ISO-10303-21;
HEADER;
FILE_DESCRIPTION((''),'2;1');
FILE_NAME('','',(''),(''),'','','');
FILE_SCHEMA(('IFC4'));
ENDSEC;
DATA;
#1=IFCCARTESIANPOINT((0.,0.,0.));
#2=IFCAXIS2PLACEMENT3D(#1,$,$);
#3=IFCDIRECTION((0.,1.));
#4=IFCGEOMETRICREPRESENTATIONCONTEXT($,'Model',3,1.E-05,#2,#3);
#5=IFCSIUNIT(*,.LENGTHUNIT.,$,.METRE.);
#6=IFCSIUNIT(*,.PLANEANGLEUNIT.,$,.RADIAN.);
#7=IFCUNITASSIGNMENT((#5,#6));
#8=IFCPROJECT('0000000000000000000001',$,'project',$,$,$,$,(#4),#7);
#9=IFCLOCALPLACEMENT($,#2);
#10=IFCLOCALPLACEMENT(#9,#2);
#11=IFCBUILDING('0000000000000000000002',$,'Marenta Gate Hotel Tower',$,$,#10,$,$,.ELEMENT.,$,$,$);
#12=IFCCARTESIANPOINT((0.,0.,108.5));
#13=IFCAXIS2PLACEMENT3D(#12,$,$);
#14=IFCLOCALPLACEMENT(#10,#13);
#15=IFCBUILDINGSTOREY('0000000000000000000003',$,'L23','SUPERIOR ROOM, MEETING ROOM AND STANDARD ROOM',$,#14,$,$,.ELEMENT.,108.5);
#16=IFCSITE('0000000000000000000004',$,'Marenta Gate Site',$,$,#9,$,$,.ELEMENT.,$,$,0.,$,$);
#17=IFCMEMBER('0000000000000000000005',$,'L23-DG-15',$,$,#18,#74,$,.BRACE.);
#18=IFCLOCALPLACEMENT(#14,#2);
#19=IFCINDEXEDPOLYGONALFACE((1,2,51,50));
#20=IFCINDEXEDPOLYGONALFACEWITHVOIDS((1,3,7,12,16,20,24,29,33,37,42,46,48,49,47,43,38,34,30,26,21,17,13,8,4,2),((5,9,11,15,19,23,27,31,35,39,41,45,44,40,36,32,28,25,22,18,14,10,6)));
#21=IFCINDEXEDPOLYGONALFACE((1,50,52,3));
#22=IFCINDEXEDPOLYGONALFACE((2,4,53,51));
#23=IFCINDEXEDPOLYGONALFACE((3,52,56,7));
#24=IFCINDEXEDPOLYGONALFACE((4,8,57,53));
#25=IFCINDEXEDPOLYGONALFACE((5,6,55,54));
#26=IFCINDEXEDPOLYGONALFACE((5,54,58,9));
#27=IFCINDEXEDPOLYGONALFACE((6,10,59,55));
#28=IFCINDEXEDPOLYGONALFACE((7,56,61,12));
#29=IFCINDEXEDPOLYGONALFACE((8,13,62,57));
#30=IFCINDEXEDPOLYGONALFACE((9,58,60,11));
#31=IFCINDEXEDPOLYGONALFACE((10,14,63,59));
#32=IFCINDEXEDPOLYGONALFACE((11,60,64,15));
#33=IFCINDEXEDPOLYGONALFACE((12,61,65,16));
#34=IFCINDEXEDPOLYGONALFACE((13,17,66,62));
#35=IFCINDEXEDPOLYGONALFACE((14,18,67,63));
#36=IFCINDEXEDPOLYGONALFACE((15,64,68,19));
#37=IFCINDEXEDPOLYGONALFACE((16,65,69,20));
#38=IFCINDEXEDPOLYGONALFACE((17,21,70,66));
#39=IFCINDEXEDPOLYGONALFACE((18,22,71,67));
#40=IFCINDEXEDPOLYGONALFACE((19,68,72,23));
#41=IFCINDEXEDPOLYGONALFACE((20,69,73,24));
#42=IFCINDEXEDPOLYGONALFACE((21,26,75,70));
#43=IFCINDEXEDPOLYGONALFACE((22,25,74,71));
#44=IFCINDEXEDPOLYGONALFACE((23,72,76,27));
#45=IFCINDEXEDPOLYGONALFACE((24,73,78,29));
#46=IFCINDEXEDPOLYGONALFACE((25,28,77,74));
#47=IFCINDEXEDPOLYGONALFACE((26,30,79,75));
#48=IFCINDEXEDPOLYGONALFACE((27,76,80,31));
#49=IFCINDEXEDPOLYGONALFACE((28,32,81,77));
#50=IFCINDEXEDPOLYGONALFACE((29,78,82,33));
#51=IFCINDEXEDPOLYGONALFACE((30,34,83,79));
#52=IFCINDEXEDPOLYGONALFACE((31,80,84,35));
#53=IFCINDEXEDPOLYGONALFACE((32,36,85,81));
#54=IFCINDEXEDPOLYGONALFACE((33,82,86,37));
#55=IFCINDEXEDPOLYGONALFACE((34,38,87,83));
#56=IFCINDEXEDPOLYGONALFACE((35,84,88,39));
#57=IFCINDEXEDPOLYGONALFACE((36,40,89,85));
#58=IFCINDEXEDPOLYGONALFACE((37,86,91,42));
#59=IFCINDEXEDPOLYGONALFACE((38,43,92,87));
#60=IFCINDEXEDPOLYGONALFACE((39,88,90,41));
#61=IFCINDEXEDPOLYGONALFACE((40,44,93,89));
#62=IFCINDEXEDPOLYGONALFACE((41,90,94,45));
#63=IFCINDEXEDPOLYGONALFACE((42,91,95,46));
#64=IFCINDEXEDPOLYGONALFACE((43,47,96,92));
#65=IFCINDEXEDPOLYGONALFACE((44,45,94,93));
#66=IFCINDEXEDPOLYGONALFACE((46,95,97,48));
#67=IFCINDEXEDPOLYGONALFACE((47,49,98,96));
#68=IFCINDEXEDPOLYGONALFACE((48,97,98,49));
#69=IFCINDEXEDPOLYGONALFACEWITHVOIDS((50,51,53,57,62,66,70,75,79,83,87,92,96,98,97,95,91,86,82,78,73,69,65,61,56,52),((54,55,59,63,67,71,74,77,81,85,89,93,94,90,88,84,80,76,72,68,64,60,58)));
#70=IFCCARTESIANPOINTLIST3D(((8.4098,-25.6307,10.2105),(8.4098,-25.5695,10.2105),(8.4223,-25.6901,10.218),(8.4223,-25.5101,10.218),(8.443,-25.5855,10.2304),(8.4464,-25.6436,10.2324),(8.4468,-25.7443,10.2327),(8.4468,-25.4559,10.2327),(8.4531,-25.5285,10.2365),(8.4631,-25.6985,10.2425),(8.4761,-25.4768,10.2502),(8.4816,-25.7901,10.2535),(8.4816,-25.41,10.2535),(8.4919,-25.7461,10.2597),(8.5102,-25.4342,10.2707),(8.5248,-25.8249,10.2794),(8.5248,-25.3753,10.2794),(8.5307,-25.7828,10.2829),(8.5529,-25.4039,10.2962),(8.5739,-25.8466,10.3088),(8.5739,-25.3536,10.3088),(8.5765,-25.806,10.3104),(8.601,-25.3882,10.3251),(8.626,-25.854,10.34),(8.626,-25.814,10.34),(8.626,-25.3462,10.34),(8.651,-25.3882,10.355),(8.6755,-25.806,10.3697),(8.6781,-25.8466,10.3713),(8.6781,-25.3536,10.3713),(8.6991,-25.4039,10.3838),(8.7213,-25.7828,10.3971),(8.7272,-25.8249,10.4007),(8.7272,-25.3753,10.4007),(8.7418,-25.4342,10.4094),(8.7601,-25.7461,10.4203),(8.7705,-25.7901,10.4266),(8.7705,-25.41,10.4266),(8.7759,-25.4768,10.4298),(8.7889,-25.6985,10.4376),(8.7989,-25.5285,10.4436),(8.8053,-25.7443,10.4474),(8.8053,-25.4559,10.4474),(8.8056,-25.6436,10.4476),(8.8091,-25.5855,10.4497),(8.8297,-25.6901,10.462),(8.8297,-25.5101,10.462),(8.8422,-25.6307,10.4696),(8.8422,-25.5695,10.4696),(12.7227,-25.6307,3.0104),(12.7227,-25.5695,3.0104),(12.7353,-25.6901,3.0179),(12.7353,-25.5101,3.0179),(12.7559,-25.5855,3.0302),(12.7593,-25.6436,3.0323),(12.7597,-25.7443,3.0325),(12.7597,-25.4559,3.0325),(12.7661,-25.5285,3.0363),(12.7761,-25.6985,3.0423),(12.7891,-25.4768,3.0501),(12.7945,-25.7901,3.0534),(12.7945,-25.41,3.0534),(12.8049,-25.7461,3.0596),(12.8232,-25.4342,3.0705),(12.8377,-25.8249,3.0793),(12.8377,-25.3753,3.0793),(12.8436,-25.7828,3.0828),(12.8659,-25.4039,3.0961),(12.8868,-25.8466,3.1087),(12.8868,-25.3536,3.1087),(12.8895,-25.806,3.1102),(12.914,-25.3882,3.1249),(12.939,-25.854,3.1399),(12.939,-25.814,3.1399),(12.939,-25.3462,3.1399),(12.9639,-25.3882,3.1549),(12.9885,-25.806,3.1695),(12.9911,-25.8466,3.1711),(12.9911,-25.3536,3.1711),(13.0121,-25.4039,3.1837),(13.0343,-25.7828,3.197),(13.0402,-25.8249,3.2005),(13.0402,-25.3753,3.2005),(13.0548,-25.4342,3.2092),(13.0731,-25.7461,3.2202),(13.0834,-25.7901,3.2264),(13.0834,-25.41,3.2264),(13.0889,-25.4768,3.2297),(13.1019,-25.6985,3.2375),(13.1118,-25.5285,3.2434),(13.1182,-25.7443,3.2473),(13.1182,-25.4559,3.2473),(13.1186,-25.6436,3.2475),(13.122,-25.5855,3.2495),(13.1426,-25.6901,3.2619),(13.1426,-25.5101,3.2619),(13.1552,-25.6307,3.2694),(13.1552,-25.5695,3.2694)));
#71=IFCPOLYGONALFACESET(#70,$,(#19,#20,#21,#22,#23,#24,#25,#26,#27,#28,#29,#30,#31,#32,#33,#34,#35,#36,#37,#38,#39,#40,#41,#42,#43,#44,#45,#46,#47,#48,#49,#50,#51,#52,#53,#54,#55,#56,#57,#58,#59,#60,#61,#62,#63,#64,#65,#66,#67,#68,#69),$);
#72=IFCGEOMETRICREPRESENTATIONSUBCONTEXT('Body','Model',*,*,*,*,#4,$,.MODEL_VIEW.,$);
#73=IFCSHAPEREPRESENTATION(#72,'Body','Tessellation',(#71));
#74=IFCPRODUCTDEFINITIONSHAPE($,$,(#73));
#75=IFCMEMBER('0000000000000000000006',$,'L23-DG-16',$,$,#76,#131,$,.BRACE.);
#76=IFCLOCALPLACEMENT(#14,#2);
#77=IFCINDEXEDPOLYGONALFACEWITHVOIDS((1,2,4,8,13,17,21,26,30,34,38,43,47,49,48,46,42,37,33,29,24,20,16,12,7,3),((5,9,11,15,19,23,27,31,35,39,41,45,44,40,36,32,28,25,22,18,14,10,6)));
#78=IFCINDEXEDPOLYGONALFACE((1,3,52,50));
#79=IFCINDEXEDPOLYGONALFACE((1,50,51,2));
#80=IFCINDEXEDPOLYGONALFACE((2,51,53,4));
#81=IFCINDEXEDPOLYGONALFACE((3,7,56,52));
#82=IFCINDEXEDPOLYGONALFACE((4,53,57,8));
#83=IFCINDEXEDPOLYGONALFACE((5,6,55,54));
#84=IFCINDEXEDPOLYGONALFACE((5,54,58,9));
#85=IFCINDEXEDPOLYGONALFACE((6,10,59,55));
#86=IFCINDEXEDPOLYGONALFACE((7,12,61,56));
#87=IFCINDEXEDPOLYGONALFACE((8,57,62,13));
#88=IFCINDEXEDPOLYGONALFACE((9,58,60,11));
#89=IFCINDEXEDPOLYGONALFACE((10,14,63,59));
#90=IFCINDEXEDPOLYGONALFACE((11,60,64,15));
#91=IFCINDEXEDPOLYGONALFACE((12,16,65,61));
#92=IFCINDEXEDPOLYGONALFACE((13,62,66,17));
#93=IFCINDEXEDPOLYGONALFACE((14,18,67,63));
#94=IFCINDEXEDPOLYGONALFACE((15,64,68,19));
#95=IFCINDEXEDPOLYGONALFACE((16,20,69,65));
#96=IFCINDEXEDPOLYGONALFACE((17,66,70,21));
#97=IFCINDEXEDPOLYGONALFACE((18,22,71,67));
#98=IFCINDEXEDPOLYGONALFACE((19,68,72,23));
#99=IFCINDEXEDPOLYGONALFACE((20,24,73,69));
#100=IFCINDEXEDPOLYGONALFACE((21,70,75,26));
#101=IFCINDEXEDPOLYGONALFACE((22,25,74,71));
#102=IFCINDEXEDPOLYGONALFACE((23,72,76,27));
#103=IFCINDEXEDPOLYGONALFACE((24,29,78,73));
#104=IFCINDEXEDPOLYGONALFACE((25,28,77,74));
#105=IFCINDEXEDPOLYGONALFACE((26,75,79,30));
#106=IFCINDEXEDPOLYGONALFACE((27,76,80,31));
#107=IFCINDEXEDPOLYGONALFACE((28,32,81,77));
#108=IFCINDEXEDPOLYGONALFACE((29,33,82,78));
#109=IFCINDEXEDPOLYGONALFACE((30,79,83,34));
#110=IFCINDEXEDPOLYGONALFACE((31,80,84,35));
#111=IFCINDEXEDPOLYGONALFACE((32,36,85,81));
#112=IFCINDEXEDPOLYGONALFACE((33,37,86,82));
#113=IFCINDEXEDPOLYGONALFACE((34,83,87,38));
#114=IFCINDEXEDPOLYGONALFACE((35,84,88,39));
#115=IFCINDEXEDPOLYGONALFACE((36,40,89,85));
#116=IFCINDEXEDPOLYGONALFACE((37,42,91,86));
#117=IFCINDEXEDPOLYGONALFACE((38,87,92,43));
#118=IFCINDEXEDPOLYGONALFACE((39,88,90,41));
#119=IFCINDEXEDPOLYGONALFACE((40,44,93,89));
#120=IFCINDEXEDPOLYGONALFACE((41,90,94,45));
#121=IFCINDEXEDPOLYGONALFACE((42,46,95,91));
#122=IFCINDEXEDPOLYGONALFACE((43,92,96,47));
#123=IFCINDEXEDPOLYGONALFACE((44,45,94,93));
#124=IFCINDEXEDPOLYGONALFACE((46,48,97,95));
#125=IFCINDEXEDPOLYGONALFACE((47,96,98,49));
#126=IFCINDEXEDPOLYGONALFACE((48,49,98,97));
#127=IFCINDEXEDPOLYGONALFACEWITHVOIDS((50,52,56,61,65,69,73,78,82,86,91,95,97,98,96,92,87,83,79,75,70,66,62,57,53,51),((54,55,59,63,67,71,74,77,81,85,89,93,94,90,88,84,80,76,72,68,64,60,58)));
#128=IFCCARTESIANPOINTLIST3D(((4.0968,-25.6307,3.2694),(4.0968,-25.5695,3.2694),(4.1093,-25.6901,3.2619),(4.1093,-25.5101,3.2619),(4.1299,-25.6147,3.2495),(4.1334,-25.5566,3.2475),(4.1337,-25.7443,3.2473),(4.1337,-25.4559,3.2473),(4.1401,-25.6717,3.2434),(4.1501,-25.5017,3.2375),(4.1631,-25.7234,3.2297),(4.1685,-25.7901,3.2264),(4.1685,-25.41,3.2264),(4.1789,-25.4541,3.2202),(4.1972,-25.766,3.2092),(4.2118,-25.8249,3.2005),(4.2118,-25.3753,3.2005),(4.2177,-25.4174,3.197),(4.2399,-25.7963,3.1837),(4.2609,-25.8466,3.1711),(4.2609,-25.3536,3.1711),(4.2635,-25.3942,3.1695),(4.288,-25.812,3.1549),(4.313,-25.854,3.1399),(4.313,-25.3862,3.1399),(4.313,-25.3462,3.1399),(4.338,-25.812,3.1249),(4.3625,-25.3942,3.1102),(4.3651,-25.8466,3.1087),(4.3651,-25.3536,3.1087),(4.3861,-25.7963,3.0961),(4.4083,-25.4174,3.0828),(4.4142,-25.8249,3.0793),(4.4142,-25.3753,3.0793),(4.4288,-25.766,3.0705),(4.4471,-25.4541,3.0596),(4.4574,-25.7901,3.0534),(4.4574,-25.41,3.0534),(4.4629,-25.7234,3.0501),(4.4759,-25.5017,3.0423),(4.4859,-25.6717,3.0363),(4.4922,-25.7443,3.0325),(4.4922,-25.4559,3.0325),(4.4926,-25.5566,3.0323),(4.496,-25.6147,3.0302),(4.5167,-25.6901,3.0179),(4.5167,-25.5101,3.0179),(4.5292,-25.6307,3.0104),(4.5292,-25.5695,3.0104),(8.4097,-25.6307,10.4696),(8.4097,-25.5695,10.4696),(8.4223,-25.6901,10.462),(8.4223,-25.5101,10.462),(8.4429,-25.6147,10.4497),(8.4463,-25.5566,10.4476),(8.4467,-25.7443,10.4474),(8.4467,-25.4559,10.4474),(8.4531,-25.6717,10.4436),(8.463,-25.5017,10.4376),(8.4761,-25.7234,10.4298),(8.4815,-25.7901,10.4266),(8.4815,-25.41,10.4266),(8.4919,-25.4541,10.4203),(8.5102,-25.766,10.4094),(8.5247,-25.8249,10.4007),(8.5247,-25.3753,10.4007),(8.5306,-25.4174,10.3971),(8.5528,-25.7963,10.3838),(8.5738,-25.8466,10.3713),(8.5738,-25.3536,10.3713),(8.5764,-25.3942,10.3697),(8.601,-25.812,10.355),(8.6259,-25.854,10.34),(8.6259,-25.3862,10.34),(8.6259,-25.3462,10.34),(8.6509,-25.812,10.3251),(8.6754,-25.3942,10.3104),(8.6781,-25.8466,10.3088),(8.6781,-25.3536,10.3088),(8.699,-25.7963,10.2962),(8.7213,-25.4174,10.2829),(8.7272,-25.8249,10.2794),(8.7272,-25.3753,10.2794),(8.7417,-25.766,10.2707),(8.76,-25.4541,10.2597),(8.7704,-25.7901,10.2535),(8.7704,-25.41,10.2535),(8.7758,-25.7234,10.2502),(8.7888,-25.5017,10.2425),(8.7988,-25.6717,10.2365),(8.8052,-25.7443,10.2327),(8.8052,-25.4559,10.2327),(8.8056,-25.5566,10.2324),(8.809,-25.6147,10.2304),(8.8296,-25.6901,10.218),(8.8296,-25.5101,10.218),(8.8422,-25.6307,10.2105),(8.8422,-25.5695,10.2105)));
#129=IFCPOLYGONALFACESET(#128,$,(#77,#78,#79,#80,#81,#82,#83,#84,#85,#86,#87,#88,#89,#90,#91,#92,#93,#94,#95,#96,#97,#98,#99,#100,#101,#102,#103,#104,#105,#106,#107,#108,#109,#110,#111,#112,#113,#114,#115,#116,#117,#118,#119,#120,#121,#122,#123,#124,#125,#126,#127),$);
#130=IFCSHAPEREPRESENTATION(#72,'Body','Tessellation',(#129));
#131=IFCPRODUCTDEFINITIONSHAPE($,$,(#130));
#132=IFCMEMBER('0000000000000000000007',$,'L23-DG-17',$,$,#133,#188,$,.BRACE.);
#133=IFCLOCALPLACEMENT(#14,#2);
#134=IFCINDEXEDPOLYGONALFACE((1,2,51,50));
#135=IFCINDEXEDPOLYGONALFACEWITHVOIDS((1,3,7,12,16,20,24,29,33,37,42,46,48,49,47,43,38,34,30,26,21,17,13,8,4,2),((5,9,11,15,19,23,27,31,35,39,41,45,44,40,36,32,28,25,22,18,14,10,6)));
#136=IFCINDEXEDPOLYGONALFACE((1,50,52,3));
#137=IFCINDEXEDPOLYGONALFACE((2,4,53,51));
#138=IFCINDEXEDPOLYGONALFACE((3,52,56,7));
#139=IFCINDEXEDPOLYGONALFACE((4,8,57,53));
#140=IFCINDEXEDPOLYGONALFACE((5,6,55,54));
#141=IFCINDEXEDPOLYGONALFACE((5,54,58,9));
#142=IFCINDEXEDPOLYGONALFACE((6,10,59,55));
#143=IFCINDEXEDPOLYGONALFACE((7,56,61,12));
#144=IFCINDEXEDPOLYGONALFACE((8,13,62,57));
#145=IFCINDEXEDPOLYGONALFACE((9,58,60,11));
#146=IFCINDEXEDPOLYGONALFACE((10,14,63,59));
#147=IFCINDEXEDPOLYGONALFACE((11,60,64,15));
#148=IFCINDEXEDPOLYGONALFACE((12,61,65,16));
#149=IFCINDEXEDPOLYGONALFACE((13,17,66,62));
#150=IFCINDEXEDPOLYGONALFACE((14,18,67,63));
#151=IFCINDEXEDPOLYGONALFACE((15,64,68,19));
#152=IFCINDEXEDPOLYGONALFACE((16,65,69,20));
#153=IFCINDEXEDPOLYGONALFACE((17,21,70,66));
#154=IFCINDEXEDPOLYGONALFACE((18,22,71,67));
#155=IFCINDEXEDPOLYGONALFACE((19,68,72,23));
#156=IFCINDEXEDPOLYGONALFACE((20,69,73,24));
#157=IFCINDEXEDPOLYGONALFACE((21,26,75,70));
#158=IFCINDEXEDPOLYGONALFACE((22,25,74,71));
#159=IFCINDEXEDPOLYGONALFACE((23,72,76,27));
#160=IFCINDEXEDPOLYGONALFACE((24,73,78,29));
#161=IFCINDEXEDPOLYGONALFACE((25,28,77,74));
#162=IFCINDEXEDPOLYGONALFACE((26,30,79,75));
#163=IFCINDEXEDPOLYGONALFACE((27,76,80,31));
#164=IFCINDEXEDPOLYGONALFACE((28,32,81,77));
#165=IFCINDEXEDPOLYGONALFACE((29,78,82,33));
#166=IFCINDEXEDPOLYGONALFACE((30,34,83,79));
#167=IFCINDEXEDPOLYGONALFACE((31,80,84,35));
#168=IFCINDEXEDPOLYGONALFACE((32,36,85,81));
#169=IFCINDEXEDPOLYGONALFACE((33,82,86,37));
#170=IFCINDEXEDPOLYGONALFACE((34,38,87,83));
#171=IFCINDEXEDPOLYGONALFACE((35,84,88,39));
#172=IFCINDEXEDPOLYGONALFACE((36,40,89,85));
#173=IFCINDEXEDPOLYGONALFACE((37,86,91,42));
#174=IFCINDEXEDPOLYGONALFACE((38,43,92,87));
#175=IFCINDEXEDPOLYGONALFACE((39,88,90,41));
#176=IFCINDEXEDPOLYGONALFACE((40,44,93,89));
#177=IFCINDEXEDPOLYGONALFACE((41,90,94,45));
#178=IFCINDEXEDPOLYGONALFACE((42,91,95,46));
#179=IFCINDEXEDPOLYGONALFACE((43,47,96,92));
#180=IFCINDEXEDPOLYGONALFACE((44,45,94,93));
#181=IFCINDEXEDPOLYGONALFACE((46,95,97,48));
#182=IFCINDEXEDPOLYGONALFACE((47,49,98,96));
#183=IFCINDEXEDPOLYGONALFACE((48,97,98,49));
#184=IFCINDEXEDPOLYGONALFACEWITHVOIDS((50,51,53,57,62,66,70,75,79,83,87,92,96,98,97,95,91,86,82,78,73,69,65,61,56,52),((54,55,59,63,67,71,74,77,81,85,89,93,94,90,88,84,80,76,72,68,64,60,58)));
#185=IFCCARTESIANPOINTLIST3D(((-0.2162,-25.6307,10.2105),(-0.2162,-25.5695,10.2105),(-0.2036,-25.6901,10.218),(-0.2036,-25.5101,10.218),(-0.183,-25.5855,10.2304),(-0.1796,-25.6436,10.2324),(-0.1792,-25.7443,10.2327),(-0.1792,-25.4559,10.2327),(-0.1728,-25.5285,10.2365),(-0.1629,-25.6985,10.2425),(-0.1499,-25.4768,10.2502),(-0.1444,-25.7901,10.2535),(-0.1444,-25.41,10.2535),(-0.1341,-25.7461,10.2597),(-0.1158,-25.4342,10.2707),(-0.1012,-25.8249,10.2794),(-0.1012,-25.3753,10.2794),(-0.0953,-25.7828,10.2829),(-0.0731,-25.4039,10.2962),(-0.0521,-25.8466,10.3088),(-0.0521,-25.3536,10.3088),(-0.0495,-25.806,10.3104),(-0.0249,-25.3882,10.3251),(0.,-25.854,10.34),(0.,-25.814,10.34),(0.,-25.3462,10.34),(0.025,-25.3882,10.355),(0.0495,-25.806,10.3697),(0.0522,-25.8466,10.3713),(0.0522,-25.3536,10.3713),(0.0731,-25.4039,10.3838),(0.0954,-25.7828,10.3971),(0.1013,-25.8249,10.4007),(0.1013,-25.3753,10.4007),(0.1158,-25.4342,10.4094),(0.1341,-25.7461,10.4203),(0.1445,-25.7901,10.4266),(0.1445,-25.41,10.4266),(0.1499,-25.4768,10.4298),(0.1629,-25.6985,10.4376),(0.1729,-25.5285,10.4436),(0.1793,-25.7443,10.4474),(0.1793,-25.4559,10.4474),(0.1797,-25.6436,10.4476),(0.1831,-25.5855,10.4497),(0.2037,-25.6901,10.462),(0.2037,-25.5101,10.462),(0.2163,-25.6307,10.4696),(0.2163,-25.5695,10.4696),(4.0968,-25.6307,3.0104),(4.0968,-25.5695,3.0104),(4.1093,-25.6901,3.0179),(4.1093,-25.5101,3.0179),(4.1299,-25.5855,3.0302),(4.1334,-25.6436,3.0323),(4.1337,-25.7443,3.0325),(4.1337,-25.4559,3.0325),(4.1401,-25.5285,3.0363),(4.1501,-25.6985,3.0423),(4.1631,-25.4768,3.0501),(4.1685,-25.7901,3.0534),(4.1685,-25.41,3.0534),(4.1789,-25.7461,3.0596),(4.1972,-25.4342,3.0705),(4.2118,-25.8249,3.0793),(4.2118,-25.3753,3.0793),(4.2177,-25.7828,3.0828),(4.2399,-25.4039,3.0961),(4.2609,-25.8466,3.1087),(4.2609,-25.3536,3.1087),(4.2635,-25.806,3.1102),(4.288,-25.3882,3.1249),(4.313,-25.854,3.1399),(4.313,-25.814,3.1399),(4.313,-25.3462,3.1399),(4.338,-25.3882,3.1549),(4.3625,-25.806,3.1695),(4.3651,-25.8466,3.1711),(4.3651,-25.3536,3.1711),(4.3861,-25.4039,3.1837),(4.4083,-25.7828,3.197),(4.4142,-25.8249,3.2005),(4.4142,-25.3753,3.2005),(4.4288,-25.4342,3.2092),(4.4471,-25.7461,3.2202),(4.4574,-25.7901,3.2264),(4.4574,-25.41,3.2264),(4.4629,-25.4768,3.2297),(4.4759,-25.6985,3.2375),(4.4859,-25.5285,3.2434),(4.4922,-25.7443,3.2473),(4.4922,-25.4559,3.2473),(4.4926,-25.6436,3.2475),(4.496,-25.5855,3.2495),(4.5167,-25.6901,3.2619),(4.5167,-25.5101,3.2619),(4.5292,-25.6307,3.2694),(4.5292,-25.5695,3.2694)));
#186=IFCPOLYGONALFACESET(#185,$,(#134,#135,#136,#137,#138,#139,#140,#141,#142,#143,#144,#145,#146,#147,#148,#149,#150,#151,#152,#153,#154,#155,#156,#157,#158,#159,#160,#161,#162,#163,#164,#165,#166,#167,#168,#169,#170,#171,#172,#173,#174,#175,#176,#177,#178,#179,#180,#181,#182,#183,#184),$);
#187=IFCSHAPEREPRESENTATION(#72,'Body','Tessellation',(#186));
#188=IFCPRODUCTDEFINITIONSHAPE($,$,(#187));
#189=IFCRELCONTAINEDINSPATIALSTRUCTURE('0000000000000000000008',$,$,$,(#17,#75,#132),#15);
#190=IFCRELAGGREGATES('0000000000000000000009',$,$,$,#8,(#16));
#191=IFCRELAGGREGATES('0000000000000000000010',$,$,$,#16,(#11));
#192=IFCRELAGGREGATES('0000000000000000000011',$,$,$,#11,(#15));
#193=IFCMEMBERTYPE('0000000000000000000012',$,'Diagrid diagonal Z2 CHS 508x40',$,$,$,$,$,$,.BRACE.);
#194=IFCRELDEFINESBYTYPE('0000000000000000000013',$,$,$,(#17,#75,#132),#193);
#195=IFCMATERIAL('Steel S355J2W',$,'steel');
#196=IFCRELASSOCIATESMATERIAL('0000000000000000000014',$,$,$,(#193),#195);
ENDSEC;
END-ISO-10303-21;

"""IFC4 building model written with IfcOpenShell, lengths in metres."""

from ifc_helpers import new_model, si_unit, direction, frame, origin, origin_2d, place, context, subcontext, project, spatial, hollow_circle, extrude, material, material_profile, profile_set, type_object, element, save


model = new_model("IFC4")

# Units and contexts
model_context = context("Model", 3, precision=1e-05, world=origin(), true_north=direction((0.0, 1.0)))
body_context = subcontext(model_context, "Body", "Model", "MODEL_VIEW")
ifc_project = project(units=[si_unit("LENGTHUNIT", "METRE"), si_unit("PLANEANGLEUNIT", "RADIAN")], contexts=[model_context])

# Site, building, storey
site_placement = place(None, origin())
site = spatial("IfcSite", under=ifc_project, at=site_placement, Name="Marenta Gate Site", CompositionType="ELEMENT", RefElevation=0.0)
building_placement = place(site_placement, origin())
building = spatial("IfcBuilding", under=site, at=building_placement, Name="Marenta Gate Hotel Tower", CompositionType="ELEMENT")
storey_placement = place(building_placement, frame((0.0, 0.0, 108.5)))
storey = spatial("IfcBuildingStorey", under=building, at=storey_placement, Name="L23", Description="SUPERIOR ROOM, MEETING ROOM AND STANDARD ROOM", CompositionType="ELEMENT", Elevation=108.5)

# Members
ifc_material_1 = material(Name="Steel S355J2W", Category="steel")
ifc_material_profile_1 = material_profile(ifc_material_1, hollow_circle(Radius=0.2539, WallThickness=0.04, at=origin_2d()), Name="CHS 508x40")
ifc_profile_set_1 = profile_set([ifc_material_profile_1], Name="Steel S355J2W")
member_type_1 = type_object("IfcMemberType", Name="Diagrid diagonal Z2 CHS 508x40", PredefinedType="BRACE", material=ifc_profile_set_1)
for number, where, z_axis, x_axis, name in (
    (1, (12.939, -25.6001, 3.1399), (-0.513871, 0.0, 0.857867), (0.0, -1.0, 0.0), "L23-DG-15"),
    (2, (4.313, -25.6001, 3.1399), (0.513871, 0.0, 0.857867), (0.0, 1.0, 0.0), "L23-DG-16"),
    (3, (4.313, -25.6001, 3.1399), (-0.513871, 0.0, 0.857867), (0.0, -1.0, 0.0), "L23-DG-17"),
):
    element("IfcMember", number, at=place(storey_placement, frame(where, z_axis=z_axis, x_axis=x_axis)), inside=storey, type_object=member_type_1, Name=name, PredefinedType="BRACE", context=body_context, shape_type="SweptSolid", body=[
        extrude(hollow_circle(Radius=0.2539, WallThickness=0.04, at=origin_2d()), origin(), (0.0, 0.0, 1.0), 8.3931),
    ])

save(model, "model.ifc")
